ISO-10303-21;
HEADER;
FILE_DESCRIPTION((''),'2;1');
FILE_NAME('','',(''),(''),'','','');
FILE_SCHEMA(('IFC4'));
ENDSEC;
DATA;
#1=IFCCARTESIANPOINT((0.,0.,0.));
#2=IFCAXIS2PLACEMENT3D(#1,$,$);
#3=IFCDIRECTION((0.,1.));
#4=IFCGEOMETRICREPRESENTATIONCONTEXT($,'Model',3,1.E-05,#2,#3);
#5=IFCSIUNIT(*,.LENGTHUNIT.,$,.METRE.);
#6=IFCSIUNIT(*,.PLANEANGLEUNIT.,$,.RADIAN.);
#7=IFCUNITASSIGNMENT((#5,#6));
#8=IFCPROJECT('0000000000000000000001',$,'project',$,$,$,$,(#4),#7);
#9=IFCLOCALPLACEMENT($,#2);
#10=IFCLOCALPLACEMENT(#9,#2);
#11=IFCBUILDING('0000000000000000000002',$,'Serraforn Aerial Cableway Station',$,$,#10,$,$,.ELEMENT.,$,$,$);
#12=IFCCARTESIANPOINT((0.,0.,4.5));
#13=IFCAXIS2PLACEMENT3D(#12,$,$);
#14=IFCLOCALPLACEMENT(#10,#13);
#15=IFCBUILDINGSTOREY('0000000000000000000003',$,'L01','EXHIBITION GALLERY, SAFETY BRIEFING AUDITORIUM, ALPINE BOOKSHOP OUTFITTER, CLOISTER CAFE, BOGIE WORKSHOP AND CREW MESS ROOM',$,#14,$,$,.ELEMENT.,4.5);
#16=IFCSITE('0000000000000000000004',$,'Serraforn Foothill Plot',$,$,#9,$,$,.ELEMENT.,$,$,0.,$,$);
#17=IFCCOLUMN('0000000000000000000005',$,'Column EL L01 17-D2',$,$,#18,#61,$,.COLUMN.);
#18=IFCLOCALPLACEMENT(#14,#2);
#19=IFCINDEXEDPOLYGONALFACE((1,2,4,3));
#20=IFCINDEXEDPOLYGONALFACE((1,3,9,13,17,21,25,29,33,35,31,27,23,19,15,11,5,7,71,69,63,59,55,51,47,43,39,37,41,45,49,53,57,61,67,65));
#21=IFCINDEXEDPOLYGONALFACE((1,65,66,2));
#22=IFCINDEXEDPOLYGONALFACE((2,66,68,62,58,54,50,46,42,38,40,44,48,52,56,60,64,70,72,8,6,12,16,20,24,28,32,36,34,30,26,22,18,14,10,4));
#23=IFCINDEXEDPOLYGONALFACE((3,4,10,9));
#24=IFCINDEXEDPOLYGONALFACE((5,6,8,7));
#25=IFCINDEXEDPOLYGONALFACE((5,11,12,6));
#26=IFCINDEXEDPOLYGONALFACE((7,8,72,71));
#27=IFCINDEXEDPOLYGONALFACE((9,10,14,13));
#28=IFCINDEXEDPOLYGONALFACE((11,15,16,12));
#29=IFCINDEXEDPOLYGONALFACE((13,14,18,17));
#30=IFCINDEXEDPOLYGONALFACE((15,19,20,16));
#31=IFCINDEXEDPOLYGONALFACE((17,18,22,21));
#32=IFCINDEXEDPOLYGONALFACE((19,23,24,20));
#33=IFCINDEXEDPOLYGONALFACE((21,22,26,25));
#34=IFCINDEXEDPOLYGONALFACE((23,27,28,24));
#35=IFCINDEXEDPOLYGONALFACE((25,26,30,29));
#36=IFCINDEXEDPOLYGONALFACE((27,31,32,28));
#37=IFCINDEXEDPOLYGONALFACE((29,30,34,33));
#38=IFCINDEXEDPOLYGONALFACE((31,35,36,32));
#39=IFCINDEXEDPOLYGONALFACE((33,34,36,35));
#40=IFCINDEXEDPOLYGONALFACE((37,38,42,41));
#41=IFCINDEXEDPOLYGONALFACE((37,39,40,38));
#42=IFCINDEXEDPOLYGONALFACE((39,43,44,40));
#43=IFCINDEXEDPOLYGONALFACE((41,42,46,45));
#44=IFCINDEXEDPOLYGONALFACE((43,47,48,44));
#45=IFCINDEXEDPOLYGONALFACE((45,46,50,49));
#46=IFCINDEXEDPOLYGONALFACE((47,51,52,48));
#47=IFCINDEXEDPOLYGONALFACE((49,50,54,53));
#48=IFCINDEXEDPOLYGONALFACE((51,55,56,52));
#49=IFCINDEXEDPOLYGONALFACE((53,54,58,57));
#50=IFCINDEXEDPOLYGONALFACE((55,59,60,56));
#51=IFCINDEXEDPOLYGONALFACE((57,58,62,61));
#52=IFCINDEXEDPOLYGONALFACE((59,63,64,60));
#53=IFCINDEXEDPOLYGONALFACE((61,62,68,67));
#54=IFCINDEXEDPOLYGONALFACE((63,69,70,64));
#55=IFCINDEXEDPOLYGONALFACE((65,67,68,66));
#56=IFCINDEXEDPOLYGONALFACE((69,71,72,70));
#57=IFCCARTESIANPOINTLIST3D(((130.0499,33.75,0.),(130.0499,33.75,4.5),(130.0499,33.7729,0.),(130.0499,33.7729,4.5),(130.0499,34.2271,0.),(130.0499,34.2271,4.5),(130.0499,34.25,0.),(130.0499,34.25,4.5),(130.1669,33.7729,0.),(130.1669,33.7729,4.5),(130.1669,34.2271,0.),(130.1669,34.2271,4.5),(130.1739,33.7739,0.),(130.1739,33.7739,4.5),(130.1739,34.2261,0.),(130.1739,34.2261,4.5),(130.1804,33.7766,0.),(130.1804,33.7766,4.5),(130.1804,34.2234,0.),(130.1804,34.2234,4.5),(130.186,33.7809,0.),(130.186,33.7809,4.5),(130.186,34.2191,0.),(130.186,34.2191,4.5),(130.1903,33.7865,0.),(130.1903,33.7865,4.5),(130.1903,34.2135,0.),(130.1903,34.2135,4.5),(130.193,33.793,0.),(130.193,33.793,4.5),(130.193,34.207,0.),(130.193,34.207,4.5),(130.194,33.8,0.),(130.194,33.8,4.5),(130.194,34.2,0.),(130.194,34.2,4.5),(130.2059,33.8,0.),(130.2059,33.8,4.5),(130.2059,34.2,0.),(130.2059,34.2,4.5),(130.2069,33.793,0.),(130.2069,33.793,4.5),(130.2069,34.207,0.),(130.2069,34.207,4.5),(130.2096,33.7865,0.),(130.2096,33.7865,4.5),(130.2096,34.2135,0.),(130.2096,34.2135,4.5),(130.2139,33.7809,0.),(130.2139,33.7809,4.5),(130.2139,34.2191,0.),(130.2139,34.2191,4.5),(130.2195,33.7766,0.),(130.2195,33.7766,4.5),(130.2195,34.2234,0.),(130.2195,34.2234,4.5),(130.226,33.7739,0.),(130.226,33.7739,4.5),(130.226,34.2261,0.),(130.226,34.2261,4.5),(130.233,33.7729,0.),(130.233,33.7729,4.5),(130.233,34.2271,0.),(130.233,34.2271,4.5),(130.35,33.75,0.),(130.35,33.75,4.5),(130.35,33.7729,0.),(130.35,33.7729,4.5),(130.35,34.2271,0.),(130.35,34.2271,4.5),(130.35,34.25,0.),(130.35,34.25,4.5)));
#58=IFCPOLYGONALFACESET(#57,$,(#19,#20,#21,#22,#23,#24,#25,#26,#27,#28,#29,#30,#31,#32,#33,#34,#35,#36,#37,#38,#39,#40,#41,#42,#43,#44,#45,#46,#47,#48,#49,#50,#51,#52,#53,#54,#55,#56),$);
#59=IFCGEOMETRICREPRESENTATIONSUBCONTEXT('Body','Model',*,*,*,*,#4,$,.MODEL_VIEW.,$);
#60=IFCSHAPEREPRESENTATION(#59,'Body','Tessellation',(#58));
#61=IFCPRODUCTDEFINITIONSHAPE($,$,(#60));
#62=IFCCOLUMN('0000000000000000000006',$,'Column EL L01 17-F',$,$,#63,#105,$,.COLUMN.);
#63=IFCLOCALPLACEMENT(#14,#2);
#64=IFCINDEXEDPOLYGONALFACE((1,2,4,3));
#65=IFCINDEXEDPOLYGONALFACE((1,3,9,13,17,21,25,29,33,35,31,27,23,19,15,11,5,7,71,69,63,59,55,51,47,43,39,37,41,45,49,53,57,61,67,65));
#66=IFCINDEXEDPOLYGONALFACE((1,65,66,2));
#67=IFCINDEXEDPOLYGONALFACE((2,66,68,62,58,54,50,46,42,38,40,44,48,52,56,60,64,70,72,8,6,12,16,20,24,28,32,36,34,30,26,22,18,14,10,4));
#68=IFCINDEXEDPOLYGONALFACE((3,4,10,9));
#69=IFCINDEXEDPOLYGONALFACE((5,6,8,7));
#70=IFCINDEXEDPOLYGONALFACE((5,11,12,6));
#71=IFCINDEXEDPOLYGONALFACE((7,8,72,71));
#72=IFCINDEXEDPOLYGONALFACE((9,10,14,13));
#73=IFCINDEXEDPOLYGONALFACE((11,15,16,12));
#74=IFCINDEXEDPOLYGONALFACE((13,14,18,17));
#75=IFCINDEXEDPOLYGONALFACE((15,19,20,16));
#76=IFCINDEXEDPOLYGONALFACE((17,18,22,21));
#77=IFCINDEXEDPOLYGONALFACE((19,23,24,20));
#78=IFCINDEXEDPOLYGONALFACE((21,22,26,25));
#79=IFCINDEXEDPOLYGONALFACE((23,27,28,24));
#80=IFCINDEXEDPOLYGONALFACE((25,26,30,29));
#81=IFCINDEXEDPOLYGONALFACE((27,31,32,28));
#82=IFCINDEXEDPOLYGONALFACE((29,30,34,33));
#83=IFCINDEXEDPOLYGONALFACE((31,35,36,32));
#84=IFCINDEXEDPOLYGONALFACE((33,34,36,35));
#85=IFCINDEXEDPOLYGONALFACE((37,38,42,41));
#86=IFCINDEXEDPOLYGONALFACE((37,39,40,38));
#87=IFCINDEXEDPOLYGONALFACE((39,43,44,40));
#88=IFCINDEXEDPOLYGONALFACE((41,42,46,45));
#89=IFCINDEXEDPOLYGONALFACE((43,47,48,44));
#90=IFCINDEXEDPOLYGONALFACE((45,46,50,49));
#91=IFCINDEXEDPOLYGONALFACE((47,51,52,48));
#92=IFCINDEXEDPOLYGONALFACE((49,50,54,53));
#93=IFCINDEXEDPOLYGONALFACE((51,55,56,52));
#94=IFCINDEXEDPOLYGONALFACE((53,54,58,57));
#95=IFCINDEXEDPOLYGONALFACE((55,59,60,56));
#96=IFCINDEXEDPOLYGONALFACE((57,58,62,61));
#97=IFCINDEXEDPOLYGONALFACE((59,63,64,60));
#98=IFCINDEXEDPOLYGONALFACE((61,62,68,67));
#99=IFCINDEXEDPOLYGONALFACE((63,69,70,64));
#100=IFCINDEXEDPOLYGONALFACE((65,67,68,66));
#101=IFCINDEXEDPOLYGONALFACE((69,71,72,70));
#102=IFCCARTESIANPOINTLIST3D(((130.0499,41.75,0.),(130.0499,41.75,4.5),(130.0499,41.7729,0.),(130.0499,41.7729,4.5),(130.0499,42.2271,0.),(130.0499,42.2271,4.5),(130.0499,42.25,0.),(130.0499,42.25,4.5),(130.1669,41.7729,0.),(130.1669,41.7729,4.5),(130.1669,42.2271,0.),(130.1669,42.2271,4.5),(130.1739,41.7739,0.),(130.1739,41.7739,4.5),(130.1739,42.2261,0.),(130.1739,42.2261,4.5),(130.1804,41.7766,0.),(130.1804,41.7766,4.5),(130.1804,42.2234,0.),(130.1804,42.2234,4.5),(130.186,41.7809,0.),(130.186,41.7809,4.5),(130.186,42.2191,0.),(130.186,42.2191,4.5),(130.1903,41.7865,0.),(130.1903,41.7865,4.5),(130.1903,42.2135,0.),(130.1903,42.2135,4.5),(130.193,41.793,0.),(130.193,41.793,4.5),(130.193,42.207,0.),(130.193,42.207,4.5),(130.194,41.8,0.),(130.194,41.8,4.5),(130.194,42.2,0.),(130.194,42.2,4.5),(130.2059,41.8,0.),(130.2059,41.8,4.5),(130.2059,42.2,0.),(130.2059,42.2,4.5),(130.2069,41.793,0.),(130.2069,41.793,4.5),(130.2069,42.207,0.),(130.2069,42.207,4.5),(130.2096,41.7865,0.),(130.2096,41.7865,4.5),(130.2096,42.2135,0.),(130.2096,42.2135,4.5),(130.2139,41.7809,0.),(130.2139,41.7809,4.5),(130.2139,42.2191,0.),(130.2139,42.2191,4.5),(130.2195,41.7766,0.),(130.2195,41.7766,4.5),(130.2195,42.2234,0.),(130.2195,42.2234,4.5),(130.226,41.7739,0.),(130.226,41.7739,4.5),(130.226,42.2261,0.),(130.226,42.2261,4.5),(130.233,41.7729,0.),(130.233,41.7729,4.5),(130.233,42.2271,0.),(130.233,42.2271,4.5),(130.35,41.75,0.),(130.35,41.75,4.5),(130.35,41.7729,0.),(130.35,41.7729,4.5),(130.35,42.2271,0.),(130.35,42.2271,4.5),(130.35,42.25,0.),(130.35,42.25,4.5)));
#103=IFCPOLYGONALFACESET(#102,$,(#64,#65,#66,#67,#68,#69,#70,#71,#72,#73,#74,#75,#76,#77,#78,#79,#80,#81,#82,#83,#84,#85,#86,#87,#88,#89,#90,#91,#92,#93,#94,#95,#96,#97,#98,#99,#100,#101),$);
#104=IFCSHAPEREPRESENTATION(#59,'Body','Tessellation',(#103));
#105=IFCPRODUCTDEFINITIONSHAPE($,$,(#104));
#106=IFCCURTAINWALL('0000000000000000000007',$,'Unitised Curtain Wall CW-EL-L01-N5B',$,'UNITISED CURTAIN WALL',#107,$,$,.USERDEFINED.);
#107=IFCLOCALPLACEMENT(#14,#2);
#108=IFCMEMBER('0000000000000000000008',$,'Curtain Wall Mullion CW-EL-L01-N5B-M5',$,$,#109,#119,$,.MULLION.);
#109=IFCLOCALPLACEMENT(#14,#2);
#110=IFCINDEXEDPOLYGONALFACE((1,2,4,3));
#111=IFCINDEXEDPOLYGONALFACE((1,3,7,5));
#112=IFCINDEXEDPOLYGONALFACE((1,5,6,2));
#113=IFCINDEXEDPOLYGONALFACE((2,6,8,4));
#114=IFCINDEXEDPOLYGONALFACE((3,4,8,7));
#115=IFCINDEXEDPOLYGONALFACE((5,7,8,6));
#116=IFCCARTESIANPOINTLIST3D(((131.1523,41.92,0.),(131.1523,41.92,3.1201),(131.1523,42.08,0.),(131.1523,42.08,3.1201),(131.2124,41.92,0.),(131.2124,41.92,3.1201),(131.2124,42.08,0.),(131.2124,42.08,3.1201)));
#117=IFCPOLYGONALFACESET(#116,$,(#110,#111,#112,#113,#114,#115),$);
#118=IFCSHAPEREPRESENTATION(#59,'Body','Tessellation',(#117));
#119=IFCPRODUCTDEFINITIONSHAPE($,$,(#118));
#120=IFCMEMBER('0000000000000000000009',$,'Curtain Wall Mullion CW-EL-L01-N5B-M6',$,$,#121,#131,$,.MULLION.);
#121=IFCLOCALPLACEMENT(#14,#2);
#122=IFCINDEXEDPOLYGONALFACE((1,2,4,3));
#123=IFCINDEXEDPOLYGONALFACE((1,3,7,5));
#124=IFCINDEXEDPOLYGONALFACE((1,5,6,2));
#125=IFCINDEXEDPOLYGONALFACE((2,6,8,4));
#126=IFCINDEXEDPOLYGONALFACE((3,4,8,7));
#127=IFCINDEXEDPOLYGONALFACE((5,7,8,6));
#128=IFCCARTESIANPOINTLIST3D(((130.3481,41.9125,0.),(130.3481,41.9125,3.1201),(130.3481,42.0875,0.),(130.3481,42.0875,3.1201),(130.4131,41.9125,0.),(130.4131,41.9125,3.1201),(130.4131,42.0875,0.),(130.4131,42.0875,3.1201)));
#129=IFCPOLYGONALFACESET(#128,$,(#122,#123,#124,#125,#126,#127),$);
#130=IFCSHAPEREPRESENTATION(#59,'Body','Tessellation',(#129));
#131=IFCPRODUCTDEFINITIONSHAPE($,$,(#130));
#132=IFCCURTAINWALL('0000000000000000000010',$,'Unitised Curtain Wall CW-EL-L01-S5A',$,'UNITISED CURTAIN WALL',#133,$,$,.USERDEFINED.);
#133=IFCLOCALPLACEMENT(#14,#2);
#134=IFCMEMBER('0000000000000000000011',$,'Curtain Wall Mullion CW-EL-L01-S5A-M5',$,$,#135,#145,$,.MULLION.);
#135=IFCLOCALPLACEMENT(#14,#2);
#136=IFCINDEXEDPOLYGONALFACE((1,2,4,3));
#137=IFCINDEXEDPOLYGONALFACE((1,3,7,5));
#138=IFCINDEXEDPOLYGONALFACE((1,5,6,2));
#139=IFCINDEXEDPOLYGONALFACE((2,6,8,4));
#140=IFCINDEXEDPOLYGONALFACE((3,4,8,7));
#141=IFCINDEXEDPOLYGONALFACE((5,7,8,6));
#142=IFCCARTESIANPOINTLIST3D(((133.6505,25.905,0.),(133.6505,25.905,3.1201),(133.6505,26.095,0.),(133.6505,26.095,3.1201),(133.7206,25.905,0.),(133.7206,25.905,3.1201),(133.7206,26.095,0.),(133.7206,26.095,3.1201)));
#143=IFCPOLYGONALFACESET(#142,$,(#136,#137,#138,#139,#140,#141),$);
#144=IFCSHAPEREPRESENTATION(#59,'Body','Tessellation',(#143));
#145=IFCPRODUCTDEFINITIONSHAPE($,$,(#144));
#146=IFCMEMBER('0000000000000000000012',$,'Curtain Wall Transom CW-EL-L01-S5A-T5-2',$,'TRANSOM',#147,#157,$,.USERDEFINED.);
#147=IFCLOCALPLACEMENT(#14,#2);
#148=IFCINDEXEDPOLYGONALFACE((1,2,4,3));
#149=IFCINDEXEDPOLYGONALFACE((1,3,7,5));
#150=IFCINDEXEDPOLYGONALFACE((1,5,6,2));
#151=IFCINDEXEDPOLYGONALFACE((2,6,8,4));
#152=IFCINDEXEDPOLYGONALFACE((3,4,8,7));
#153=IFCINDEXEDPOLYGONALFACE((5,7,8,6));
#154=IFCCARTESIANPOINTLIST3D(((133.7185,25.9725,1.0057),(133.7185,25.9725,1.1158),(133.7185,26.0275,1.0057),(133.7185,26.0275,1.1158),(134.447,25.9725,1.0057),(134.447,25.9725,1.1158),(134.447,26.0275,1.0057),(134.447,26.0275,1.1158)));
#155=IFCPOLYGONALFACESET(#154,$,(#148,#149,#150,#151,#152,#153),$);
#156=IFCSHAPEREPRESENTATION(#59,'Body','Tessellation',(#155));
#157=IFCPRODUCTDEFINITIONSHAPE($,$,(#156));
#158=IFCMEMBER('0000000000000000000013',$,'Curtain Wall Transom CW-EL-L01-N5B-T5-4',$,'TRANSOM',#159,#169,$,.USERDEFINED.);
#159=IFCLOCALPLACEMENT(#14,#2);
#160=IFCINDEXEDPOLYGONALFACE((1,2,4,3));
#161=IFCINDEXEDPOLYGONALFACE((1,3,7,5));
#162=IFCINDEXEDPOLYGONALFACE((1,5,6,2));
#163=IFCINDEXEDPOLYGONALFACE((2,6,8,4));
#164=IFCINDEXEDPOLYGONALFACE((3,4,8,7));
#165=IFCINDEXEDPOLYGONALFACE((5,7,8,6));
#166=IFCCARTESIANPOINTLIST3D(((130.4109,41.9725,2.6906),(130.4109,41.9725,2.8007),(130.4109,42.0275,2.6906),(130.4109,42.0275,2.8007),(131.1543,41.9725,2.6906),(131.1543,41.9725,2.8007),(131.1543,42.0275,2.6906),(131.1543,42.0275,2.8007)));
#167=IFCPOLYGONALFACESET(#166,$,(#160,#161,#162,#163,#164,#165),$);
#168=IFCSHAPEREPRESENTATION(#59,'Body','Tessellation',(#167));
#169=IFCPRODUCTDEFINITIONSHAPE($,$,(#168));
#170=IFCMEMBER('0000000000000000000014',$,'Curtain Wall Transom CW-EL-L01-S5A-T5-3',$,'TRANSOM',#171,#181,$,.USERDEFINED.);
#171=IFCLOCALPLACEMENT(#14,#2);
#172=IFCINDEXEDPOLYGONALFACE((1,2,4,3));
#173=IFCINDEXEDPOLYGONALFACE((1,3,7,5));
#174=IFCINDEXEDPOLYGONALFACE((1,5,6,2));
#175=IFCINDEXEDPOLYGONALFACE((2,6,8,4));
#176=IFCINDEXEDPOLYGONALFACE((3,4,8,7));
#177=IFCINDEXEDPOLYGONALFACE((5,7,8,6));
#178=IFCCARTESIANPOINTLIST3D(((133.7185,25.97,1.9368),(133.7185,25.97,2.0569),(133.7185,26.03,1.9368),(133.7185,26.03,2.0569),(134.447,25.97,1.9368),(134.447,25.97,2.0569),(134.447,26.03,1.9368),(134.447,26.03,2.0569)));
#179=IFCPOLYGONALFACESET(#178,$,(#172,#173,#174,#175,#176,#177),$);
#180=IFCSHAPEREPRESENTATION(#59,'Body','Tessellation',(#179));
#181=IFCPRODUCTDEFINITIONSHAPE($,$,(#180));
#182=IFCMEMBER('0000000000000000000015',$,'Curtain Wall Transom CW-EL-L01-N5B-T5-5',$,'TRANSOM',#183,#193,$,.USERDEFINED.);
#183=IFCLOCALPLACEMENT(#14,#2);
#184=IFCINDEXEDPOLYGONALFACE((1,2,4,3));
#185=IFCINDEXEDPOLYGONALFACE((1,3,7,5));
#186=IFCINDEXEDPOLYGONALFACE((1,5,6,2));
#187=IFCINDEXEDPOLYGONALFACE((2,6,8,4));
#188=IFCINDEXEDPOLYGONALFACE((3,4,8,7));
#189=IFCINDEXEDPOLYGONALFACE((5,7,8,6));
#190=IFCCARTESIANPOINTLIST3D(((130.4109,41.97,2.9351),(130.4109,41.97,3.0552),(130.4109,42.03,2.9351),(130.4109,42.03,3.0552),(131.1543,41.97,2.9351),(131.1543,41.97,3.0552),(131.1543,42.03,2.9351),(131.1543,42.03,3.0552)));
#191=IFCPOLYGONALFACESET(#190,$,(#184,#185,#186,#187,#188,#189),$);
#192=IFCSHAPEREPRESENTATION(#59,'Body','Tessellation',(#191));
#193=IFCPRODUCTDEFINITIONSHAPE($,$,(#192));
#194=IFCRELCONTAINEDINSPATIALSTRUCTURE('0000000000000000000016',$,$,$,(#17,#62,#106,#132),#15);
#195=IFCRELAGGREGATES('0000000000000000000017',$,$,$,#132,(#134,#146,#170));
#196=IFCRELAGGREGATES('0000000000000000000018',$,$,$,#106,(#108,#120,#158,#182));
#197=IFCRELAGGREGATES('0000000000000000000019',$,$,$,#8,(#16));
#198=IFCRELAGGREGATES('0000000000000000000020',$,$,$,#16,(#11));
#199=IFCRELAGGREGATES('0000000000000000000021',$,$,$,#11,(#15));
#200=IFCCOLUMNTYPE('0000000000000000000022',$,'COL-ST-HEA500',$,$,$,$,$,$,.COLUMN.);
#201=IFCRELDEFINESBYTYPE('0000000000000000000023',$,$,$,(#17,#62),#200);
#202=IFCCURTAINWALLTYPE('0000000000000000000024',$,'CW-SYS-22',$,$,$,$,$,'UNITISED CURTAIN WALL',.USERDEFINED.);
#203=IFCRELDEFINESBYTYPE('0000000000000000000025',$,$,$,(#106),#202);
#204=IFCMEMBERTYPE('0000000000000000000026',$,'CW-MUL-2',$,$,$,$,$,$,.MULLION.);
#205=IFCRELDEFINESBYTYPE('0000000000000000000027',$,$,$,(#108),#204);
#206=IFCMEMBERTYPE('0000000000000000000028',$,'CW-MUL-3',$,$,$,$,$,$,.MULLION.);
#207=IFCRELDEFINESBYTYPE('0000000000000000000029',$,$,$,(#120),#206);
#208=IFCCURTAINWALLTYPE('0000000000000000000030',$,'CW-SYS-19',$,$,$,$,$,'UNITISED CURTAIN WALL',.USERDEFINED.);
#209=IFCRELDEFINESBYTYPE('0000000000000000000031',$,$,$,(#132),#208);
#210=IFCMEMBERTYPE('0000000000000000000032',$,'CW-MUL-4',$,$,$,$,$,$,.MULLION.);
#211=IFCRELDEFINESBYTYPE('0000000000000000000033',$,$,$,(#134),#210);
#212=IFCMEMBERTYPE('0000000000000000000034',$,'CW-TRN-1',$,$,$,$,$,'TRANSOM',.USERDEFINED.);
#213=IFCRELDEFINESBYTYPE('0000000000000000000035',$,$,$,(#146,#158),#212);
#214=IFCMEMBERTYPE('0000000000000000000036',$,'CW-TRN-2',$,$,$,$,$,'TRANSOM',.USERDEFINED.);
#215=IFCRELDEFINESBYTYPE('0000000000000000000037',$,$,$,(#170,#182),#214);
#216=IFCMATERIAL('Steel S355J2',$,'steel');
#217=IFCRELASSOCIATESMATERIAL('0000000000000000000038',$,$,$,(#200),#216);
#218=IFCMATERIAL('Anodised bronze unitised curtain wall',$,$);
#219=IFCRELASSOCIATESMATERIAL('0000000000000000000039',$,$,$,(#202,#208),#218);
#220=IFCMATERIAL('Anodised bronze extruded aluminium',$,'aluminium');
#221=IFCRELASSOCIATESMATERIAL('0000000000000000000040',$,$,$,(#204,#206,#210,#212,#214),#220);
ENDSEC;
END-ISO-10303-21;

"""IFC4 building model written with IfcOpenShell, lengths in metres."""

from ifc_helpers import new_model, si_unit, direction, frame, origin, origin_2d, place, context, subcontext, project, spatial, rectangle, i_section, extrude, material, material_profile, profile_set, type_object, element, aggregate, save


model = new_model("IFC4")

# Units and contexts
model_context = context("Model", 3, precision=1e-05, world=origin(), true_north=direction((0.0, 1.0)))
body_context = subcontext(model_context, "Body", "Model", "MODEL_VIEW")
ifc_project = project(units=[si_unit("LENGTHUNIT", "METRE"), si_unit("PLANEANGLEUNIT", "RADIAN")], contexts=[model_context])

# Site, building, storey
site_placement = place(None, origin())
site = spatial("IfcSite", under=ifc_project, at=site_placement, Name="Serraforn Foothill Plot", CompositionType="ELEMENT", RefElevation=0.0)
building_placement = place(site_placement, origin())
building = spatial("IfcBuilding", under=site, at=building_placement, Name="Serraforn Aerial Cableway Station", CompositionType="ELEMENT")
storey_placement = place(building_placement, frame((0.0, 0.0, 4.5)))
storey = spatial("IfcBuildingStorey", under=building, at=storey_placement, Name="L01", Description="EXHIBITION GALLERY, SAFETY BRIEFING AUDITORIUM, ALPINE BOOKSHOP OUTFITTER, CLOISTER CAFE, BOGIE WORKSHOP AND CREW MESS ROOM", CompositionType="ELEMENT", Elevation=4.5)

# Columns
ifc_material_1 = material(Name="Steel S355J2", Category="steel")
ifc_material_profile_1 = material_profile(ifc_material_1, i_section(OverallWidth=0.3, OverallDepth=0.5, WebThickness=0.012, FlangeThickness=0.0229, FilletRadius=0.0271, at=origin_2d()), Name="HEA 500")
ifc_profile_set_1 = profile_set([ifc_material_profile_1], Name="Steel S355J2")
column_type = type_object("IfcColumnType", Name="COL-ST-HEA500", PredefinedType="COLUMN", material=ifc_profile_set_1)
for number, where, z_axis, x_axis, name in (
    (1, (130.2, 34.0, 0.0), (0.0, 0.0, 1.0), (1.0, 0.0, 0.0), "Column EL L01 17-D2"),
    (2, (130.2, 42.0, 0.0), (0.0, 0.0, 1.0), (1.0, 0.0, 0.0), "Column EL L01 17-F"),
):
    element("IfcColumn", number, at=place(storey_placement, frame(where, z_axis=z_axis, x_axis=x_axis)), inside=storey, type_object=column_type, Name=name, PredefinedType="COLUMN", context=body_context, shape_type="SweptSolid", body=[
        extrude(i_section(OverallWidth=0.3, OverallDepth=0.5, WebThickness=0.012, FlangeThickness=0.0229, FilletRadius=0.0271, at=origin_2d()), origin(), (0.0, 0.0, 1.0), 4.5),
    ])

# Curtain walls, members
ifc_material_2 = material(Name="Anodised bronze unitised curtain wall")
curtain_wall_type_1 = type_object("IfcCurtainWallType", Name="CW-SYS-22", ElementType="UNITISED CURTAIN WALL", PredefinedType="USERDEFINED", material=ifc_material_2)
curtain_wall_1_placement = place(storey_placement, origin())
curtain_wall_1 = element("IfcCurtainWall", 3, at=curtain_wall_1_placement, inside=storey, type_object=curtain_wall_type_1, Name="Unitised Curtain Wall CW-EL-L01-N5B", ObjectType="UNITISED CURTAIN WALL", PredefinedType="USERDEFINED")
ifc_material_3 = material(Name="Anodised bronze extruded aluminium", Category="aluminium")
ifc_material_profile_2 = material_profile(ifc_material_3, rectangle(XDim=0.0601, YDim=0.1599, at=origin_2d()), Name="CW MULLION 60x160")
ifc_profile_set_2 = profile_set([ifc_material_profile_2], Name="Anodised bronze extruded aluminium")
member_type_1 = type_object("IfcMemberType", Name="CW-MUL-2", PredefinedType="MULLION", material=ifc_profile_set_2)
member_1_placement = place(storey_placement, frame((131.1824, 42.0, 0.0), z_axis=(0.0, 0.0, 1.0), x_axis=(-1.0, 0.0, 0.0)))
member_1 = element("IfcMember", 4, at=member_1_placement, type_object=member_type_1, Name="Curtain Wall Mullion CW-EL-L01-N5B-M5", PredefinedType="MULLION", context=body_context, shape_type="SweptSolid", body=[
    extrude(rectangle(XDim=0.0601, YDim=0.1599, at=origin_2d()), origin(), (0.0, 0.0, 1.0), 3.1201),
])
ifc_material_profile_3 = material_profile(ifc_material_3, rectangle(XDim=0.0649, YDim=0.175, at=origin_2d()), Name="CW MULLION 65x175")
ifc_profile_set_3 = profile_set([ifc_material_profile_3], Name="Anodised bronze extruded aluminium")
member_type_2 = type_object("IfcMemberType", Name="CW-MUL-3", PredefinedType="MULLION", material=ifc_profile_set_3)
member_2_placement = place(storey_placement, frame((130.3806, 42.0, 0.0), z_axis=(0.0, 0.0, 1.0), x_axis=(-1.0, 0.0, 0.0)))
member_2 = element("IfcMember", 5, at=member_2_placement, type_object=member_type_2, Name="Curtain Wall Mullion CW-EL-L01-N5B-M6", PredefinedType="MULLION", context=body_context, shape_type="SweptSolid", body=[
    extrude(rectangle(XDim=0.0649, YDim=0.175, at=origin_2d()), origin(), (0.0, 0.0, 1.0), 3.1201),
])
curtain_wall_type_2 = type_object("IfcCurtainWallType", Name="CW-SYS-19", ElementType="UNITISED CURTAIN WALL", PredefinedType="USERDEFINED", material=ifc_material_2)
curtain_wall_2_placement = place(storey_placement, origin())
curtain_wall_2 = element("IfcCurtainWall", 6, at=curtain_wall_2_placement, inside=storey, type_object=curtain_wall_type_2, Name="Unitised Curtain Wall CW-EL-L01-S5A", ObjectType="UNITISED CURTAIN WALL", PredefinedType="USERDEFINED")
ifc_material_profile_4 = material_profile(ifc_material_3, rectangle(XDim=0.0701, YDim=0.1899, at=origin_2d()), Name="CW MULLION 70x190")
ifc_profile_set_4 = profile_set([ifc_material_profile_4], Name="Anodised bronze extruded aluminium")
member_type_3 = type_object("IfcMemberType", Name="CW-MUL-4", PredefinedType="MULLION", material=ifc_profile_set_4)
member_3_placement = place(storey_placement, frame((133.6855, 26.0, 0.0), z_axis=(0.0, 0.0, 1.0), x_axis=(1.0, 0.0, 0.0)))
member_3 = element("IfcMember", 7, at=member_3_placement, type_object=member_type_3, Name="Curtain Wall Mullion CW-EL-L01-S5A-M5", PredefinedType="MULLION", context=body_context, shape_type="SweptSolid", body=[
    extrude(rectangle(XDim=0.0701, YDim=0.1899, at=origin_2d()), origin(), (0.0, 0.0, 1.0), 3.1201),
])
ifc_material_profile_5 = material_profile(ifc_material_3, rectangle(XDim=0.0549, YDim=0.1101, at=origin_2d()), Name="CW TRANSOM 55x110")
ifc_profile_set_5 = profile_set([ifc_material_profile_5], Name="Anodised bronze extruded aluminium")
member_type_4 = type_object("IfcMemberType", Name="CW-TRN-1", ElementType="TRANSOM", PredefinedType="USERDEFINED", material=ifc_profile_set_5)
member_4_placement = place(storey_placement, frame((133.7185, 26.0, 1.0608), z_axis=(1.0, 0.0, 0.0), x_axis=(0.0, 1.0, 0.0)))
member_4 = element("IfcMember", 8, at=member_4_placement, type_object=member_type_4, Name="Curtain Wall Transom CW-EL-L01-S5A-T5-2", ObjectType="TRANSOM", PredefinedType="USERDEFINED", context=body_context, shape_type="SweptSolid", body=[
    extrude(rectangle(XDim=0.0549, YDim=0.1101, at=origin_2d()), origin(), (0.0, 0.0, 1.0), 0.7285),
])

# Members
member_5_placement = place(storey_placement, frame((131.1543, 42.0, 2.7456), z_axis=(-1.0, 0.0, 0.0), x_axis=(0.0, -1.0, 0.0)))
member_5 = element("IfcMember", 9, at=member_5_placement, type_object=member_type_4, Name="Curtain Wall Transom CW-EL-L01-N5B-T5-4", ObjectType="TRANSOM", PredefinedType="USERDEFINED", context=body_context, shape_type="SweptSolid", body=[
    extrude(rectangle(XDim=0.0549, YDim=0.1101, at=origin_2d()), origin(), (0.0, 0.0, 1.0), 0.7434),
])
ifc_material_profile_6 = material_profile(ifc_material_3, rectangle(XDim=0.0601, YDim=0.1201, at=origin_2d()), Name="CW TRANSOM 60x120")
ifc_profile_set_6 = profile_set([ifc_material_profile_6], Name="Anodised bronze extruded aluminium")
member_type_5 = type_object("IfcMemberType", Name="CW-TRN-2", ElementType="TRANSOM", PredefinedType="USERDEFINED", material=ifc_profile_set_6)
member_6_placement = place(storey_placement, frame((133.7185, 26.0, 1.9968), z_axis=(1.0, 0.0, 0.0), x_axis=(0.0, 1.0, 0.0)))
member_6 = element("IfcMember", 10, at=member_6_placement, type_object=member_type_5, Name="Curtain Wall Transom CW-EL-L01-S5A-T5-3", ObjectType="TRANSOM", PredefinedType="USERDEFINED", context=body_context, shape_type="SweptSolid", body=[
    extrude(rectangle(XDim=0.0601, YDim=0.1201, at=origin_2d()), origin(), (0.0, 0.0, 1.0), 0.7285),
])
member_7_placement = place(storey_placement, frame((131.1543, 42.0, 2.9951), z_axis=(-1.0, 0.0, 0.0), x_axis=(0.0, -1.0, 0.0)))
member_7 = element("IfcMember", 11, at=member_7_placement, type_object=member_type_5, Name="Curtain Wall Transom CW-EL-L01-N5B-T5-5", ObjectType="TRANSOM", PredefinedType="USERDEFINED", context=body_context, shape_type="SweptSolid", body=[
    extrude(rectangle(XDim=0.0601, YDim=0.1201, at=origin_2d()), origin(), (0.0, 0.0, 1.0), 0.7434),
])

aggregate(curtain_wall_2, [member_3, member_4, member_6])
aggregate(curtain_wall_1, [member_1, member_2, member_5, member_7])

save(model, "model.ifc")
